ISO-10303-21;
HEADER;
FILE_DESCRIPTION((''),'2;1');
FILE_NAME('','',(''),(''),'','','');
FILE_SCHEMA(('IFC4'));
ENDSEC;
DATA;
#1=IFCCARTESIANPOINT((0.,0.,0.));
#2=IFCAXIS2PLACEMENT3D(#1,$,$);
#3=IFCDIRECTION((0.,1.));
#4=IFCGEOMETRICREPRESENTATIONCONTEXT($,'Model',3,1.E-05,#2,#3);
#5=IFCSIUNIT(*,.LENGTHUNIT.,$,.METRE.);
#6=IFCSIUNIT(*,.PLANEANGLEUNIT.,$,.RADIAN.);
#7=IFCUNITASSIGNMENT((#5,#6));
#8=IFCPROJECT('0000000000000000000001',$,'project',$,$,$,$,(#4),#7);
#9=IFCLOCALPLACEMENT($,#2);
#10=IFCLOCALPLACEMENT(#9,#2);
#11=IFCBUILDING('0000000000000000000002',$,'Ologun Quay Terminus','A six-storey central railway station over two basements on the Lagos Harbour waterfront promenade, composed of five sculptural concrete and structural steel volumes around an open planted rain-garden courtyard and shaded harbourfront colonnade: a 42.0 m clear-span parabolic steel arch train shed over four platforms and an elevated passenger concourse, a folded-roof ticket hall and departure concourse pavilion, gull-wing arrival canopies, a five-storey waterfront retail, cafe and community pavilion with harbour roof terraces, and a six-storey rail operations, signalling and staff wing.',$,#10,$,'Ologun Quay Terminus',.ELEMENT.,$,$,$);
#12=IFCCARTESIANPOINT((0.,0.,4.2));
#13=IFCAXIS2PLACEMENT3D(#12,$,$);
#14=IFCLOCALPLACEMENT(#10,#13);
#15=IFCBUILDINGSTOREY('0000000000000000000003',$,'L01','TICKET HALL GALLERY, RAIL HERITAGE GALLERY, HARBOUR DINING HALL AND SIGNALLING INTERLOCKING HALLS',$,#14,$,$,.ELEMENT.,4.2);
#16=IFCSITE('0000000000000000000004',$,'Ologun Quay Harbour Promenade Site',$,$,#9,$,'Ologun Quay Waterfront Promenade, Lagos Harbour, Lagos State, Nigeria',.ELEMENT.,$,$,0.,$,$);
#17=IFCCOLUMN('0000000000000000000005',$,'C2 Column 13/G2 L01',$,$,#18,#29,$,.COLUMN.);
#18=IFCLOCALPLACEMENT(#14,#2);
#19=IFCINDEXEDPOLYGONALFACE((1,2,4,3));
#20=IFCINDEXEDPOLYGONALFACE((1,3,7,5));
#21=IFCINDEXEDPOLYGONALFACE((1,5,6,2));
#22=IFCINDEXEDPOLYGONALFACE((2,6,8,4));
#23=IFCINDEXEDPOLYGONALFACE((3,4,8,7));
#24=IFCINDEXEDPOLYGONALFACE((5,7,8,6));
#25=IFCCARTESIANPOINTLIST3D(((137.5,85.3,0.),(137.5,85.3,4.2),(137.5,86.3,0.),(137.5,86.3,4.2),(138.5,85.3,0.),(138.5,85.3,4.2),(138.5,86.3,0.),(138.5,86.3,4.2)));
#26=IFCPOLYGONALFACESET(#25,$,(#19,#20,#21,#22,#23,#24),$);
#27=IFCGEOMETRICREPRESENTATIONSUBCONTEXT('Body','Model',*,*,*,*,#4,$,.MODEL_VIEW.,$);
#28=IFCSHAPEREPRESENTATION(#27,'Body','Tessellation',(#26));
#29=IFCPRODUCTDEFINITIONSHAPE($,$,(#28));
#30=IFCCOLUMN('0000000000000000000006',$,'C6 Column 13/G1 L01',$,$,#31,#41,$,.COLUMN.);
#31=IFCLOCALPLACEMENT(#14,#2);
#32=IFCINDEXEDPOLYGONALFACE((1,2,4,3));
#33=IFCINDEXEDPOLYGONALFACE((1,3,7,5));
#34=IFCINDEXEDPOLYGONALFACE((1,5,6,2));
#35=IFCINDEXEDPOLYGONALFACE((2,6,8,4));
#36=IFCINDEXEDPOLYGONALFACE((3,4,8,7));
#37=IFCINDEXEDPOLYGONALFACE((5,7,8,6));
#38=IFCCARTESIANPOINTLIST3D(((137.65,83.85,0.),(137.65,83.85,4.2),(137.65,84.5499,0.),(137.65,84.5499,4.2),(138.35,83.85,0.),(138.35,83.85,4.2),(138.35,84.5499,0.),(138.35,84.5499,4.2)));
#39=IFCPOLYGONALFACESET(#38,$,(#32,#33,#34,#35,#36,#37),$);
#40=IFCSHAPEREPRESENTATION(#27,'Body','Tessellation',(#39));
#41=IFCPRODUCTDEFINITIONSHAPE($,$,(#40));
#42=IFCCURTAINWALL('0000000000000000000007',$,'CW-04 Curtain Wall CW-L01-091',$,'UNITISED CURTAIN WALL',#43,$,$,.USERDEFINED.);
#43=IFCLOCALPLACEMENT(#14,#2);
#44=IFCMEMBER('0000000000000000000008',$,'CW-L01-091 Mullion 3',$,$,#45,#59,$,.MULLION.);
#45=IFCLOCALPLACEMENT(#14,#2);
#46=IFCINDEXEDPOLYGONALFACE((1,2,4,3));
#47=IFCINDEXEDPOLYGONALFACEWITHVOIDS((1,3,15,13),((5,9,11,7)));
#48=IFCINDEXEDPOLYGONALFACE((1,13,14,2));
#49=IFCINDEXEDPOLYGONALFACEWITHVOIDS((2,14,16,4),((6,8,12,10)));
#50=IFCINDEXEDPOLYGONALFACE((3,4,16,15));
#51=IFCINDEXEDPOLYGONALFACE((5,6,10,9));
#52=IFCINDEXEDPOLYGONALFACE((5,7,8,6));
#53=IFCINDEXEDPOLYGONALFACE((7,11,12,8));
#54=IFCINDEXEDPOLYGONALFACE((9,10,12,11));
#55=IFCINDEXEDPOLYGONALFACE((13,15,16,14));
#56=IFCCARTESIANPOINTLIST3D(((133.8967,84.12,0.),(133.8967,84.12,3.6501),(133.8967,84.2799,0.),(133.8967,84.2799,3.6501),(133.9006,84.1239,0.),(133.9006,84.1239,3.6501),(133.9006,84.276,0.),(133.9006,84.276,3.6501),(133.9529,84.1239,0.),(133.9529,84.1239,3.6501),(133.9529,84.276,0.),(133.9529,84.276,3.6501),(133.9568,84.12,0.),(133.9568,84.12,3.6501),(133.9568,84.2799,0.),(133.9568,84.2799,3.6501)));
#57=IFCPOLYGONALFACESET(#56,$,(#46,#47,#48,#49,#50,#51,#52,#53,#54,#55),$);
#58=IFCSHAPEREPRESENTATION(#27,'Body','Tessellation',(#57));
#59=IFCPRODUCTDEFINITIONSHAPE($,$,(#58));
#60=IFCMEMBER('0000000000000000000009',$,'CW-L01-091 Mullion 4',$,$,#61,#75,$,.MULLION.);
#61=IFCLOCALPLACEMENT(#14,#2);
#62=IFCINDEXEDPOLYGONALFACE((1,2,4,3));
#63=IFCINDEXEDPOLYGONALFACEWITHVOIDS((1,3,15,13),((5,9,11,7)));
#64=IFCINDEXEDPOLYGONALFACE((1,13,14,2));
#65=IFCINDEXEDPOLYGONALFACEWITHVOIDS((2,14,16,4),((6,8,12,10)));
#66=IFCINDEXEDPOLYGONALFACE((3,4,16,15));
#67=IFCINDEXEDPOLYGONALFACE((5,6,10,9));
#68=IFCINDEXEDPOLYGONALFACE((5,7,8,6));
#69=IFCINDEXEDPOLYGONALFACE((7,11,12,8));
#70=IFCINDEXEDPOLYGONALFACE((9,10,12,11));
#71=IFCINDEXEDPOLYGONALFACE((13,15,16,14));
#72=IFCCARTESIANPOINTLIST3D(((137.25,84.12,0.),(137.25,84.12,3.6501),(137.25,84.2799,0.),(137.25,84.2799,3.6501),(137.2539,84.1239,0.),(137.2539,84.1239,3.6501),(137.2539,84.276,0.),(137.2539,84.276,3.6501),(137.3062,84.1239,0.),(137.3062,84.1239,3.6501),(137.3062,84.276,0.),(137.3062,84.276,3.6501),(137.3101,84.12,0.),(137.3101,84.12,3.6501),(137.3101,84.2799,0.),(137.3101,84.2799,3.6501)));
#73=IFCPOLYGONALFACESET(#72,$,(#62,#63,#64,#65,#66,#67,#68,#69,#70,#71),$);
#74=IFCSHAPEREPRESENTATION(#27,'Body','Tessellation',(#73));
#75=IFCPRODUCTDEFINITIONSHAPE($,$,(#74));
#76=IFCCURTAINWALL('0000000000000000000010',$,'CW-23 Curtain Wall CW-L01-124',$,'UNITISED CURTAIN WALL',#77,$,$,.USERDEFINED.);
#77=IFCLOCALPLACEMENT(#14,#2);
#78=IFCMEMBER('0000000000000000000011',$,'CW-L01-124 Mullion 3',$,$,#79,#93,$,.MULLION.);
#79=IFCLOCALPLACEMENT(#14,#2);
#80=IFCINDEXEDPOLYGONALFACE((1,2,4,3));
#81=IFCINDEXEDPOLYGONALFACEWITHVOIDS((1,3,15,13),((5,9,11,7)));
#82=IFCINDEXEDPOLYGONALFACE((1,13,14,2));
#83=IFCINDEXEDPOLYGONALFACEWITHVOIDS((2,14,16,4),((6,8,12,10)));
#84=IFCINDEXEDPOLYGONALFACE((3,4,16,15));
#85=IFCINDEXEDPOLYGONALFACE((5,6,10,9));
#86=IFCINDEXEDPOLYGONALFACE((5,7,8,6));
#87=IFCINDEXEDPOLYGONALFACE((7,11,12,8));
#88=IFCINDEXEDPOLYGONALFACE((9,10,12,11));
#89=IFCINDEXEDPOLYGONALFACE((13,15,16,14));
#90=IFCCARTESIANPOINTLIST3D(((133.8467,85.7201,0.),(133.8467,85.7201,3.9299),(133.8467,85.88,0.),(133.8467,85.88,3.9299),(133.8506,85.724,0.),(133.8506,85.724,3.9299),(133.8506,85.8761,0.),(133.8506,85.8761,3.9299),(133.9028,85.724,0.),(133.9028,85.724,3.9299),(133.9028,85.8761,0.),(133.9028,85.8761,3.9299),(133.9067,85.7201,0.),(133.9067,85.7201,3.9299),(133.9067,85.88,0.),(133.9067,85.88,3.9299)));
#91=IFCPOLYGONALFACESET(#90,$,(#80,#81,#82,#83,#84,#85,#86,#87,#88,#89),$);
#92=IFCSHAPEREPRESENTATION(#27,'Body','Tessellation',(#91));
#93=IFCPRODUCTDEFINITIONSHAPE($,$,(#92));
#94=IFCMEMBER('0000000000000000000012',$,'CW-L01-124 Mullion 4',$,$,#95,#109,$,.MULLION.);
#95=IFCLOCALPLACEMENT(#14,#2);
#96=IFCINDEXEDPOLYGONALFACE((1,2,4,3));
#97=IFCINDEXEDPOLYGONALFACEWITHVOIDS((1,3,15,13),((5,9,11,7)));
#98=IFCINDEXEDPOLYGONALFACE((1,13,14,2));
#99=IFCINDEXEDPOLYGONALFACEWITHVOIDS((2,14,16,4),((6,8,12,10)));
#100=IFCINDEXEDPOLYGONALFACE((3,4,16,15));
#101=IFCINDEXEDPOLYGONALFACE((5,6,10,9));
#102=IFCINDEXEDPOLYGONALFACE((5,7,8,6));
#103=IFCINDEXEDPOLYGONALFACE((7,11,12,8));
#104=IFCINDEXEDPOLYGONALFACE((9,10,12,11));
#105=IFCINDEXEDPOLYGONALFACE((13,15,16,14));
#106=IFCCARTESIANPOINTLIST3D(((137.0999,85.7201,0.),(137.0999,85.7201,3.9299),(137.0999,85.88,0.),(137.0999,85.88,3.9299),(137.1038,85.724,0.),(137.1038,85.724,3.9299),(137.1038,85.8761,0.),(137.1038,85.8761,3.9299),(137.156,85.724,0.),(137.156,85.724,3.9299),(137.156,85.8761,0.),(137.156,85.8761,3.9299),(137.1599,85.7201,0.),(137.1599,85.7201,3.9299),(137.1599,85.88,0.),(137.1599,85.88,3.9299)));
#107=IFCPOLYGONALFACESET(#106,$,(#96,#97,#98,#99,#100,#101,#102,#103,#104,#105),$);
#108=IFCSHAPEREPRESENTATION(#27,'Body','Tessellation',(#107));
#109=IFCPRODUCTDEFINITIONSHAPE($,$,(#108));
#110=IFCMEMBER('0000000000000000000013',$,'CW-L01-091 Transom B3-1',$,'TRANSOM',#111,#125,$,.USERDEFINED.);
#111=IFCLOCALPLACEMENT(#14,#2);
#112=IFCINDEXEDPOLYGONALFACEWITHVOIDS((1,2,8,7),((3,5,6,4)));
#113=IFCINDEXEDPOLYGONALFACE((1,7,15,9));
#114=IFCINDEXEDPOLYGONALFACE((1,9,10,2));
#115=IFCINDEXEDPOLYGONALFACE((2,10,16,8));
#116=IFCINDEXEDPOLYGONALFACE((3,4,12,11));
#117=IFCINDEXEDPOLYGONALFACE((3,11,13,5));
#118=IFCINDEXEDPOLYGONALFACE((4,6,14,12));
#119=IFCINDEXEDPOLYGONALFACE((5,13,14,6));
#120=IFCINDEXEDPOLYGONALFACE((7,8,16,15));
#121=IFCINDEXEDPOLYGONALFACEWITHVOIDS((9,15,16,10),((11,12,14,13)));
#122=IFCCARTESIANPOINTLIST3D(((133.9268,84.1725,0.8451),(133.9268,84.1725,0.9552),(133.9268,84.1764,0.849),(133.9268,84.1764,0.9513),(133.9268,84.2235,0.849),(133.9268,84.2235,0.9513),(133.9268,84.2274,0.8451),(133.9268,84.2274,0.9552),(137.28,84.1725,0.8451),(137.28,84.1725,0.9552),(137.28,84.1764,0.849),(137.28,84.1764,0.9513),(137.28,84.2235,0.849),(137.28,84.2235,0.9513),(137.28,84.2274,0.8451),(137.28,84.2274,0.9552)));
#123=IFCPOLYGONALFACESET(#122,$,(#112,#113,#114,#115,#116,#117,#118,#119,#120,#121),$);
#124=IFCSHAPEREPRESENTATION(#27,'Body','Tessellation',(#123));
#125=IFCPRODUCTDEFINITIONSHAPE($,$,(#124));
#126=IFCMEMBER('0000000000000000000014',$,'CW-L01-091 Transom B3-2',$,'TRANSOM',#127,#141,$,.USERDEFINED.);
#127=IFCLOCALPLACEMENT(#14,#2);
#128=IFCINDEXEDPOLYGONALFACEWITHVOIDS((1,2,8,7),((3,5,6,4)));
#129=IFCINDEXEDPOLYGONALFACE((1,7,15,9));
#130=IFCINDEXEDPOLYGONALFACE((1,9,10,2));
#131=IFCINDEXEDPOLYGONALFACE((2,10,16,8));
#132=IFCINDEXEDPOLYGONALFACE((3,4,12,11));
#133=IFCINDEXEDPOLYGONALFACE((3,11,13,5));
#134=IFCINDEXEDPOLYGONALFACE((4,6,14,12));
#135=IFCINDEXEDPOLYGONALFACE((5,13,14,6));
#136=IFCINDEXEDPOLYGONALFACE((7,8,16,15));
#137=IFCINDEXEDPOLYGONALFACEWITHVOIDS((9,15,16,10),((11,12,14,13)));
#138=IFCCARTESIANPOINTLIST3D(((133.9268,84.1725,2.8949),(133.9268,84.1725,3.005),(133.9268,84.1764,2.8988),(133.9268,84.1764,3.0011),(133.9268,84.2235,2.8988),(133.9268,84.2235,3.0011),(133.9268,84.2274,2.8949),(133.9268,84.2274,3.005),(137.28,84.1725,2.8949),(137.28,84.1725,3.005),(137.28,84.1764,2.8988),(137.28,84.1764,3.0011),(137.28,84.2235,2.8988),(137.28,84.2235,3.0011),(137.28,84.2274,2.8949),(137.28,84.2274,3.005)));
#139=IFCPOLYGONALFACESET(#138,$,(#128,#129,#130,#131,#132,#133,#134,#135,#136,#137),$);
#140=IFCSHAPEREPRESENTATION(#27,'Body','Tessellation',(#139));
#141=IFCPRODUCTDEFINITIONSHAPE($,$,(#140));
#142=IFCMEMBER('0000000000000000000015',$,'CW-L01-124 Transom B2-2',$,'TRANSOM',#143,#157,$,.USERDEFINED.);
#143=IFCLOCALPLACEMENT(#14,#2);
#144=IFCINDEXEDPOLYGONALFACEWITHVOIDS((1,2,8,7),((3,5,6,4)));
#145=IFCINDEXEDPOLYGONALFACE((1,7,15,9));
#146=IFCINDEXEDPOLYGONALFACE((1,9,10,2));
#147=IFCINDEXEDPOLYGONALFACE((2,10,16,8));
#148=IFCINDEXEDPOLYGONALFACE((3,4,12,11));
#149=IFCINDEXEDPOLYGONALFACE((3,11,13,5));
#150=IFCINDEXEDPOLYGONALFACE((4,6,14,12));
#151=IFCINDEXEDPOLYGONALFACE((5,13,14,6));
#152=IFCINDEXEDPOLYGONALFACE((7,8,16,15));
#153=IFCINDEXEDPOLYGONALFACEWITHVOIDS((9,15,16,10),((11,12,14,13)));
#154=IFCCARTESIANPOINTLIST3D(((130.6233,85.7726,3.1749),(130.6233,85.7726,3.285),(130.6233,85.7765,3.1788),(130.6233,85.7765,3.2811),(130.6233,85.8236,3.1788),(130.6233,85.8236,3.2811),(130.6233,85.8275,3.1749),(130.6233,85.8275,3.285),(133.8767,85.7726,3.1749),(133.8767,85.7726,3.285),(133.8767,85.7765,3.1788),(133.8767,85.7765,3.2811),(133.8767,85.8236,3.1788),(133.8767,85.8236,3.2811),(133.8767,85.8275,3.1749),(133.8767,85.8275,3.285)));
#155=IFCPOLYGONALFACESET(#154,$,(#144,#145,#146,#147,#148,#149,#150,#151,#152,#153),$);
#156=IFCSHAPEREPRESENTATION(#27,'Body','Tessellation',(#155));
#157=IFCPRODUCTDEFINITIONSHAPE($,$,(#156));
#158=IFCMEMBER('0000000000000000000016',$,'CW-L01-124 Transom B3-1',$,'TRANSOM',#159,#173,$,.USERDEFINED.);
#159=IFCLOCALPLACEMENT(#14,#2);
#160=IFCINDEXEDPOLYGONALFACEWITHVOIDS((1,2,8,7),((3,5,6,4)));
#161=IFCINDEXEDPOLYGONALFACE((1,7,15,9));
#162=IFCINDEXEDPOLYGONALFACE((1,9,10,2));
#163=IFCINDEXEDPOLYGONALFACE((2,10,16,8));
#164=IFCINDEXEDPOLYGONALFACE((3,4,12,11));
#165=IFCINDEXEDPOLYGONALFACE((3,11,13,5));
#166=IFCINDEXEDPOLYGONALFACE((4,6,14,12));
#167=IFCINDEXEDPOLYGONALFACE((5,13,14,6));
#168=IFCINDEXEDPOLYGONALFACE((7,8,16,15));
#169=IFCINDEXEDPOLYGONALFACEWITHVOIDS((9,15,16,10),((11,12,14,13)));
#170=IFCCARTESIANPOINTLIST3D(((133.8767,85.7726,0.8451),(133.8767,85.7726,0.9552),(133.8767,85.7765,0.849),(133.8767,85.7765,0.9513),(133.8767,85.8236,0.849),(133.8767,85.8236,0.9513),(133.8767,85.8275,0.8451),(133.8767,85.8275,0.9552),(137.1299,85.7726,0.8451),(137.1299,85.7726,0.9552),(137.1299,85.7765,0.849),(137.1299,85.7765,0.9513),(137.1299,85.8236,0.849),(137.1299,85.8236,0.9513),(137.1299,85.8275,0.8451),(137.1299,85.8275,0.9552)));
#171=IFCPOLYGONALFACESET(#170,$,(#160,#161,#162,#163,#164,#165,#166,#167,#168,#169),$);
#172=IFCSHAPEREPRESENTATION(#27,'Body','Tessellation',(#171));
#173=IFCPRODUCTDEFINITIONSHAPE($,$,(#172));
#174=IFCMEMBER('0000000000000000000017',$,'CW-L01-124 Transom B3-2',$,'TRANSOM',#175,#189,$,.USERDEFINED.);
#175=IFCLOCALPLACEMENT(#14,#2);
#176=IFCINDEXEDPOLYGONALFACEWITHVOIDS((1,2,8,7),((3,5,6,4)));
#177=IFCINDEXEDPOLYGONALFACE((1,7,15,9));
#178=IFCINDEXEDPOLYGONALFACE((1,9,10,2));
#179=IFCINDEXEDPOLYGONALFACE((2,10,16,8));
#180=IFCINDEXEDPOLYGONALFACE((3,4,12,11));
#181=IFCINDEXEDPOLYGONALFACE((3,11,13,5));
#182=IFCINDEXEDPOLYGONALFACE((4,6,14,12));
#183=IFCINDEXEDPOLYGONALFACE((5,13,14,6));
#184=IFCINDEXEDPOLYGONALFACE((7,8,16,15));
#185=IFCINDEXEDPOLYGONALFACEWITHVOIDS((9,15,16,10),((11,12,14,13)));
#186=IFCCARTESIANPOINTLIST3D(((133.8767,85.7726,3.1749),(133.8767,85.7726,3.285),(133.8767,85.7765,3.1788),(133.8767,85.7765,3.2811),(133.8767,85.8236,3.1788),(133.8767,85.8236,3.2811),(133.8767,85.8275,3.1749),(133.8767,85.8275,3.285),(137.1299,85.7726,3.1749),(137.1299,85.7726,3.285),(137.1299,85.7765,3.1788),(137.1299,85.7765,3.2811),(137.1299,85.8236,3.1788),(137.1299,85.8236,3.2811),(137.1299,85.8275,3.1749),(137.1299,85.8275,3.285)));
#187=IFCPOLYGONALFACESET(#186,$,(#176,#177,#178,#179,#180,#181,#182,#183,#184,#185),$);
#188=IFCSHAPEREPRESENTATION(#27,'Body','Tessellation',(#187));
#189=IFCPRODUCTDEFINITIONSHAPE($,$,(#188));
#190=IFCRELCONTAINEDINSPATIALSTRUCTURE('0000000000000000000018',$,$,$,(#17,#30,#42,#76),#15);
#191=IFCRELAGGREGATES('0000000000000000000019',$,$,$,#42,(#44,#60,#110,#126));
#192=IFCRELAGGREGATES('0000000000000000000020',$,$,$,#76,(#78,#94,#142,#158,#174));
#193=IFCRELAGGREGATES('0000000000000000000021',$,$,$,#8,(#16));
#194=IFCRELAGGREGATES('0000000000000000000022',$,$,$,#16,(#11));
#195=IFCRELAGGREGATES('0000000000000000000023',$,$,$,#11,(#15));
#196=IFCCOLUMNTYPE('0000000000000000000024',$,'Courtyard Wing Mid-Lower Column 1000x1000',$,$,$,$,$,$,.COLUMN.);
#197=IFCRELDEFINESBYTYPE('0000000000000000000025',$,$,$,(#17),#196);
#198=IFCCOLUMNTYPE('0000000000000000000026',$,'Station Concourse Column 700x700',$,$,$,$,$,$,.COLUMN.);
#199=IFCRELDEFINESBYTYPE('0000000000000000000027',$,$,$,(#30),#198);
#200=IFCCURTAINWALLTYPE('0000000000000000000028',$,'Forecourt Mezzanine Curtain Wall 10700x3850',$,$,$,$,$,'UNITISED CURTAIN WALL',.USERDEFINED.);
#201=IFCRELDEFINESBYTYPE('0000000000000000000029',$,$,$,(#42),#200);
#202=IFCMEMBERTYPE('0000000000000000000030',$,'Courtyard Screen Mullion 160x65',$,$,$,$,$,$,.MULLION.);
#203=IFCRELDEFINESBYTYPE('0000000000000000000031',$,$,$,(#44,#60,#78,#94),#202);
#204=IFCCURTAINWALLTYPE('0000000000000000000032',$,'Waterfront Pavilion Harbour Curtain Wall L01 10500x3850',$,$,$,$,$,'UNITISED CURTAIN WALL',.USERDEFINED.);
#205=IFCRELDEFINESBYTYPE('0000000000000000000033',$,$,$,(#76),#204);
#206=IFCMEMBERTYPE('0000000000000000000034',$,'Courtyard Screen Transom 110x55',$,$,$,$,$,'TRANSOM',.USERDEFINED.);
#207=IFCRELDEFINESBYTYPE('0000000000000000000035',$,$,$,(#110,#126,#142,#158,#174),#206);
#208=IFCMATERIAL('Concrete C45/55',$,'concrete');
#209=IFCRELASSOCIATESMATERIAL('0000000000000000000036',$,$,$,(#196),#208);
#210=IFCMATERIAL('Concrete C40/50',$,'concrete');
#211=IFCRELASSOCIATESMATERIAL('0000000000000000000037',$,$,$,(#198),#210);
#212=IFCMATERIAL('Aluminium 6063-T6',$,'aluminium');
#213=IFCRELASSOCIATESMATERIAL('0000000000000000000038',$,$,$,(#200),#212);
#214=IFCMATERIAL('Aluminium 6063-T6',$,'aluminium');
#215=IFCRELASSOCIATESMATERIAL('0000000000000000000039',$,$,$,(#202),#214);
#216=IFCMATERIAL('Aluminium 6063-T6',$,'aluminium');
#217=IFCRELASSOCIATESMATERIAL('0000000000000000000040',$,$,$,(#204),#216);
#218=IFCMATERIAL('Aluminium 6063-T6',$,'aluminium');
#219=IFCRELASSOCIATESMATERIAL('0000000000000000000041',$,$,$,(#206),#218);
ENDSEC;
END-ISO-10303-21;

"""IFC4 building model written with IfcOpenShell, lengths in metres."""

from ifc_helpers import new_model, si_unit, direction, frame, origin, origin_2d, place, context, subcontext, project, spatial, rectangle, hollow_rectangle, extrude, material, material_profile, profile_set, type_object, element, aggregate, save


model = new_model("IFC4")

# Units and contexts
model_context = context("Model", 3, precision=1e-05, world=origin(), true_north=direction((0.0, 1.0)))
body_context = subcontext(model_context, "Body", "Model", "MODEL_VIEW")
ifc_project = project(units=[si_unit("LENGTHUNIT", "METRE"), si_unit("PLANEANGLEUNIT", "RADIAN")], contexts=[model_context])

# Site, building, storey
site_placement = place(None, origin())
site = spatial("IfcSite", under=ifc_project, at=site_placement, Name="Ologun Quay Harbour Promenade Site", LongName="Ologun Quay Waterfront Promenade, Lagos Harbour, Lagos State, Nigeria", CompositionType="ELEMENT", RefElevation=0.0)
building_placement = place(site_placement, origin())
building = spatial("IfcBuilding", under=site, at=building_placement, Name="Ologun Quay Terminus", Description="A six-storey central railway station over two basements on the Lagos Harbour waterfront promenade, composed of five sculptural concrete and structural steel volumes around an open planted rain-garden courtyard and shaded harbourfront colonnade: a 42.0 m clear-span parabolic steel arch train shed over four platforms and an elevated passenger concourse, a folded-roof ticket hall and departure concourse pavilion, gull-wing arrival canopies, a five-storey waterfront retail, cafe and community pavilion with harbour roof terraces, and a six-storey rail operations, signalling and staff wing.", LongName="Ologun Quay Terminus", CompositionType="ELEMENT")
storey_placement = place(building_placement, frame((0.0, 0.0, 4.2)))
storey = spatial("IfcBuildingStorey", under=building, at=storey_placement, Name="L01", Description="TICKET HALL GALLERY, RAIL HERITAGE GALLERY, HARBOUR DINING HALL AND SIGNALLING INTERLOCKING HALLS", CompositionType="ELEMENT", Elevation=4.2)

# Columns
ifc_material_1 = material(Name="Concrete C45/55", Category="concrete")
ifc_material_profile_1 = material_profile(ifc_material_1, rectangle(XDim=1.0, YDim=1.0, at=origin_2d()), Name="RC 1000x1000")
ifc_profile_set_1 = profile_set([ifc_material_profile_1], Name="Concrete C45/55")
column_type_1 = type_object("IfcColumnType", Name="Courtyard Wing Mid-Lower Column 1000x1000", PredefinedType="COLUMN", material=ifc_profile_set_1)
column_1_placement = place(storey_placement, frame((138.0, 85.8, 0.0), z_axis=(0.0, 0.0, 1.0), x_axis=(1.0, 0.0, 0.0)))
element("IfcColumn", 1, at=column_1_placement, inside=storey, type_object=column_type_1, Name="C2 Column 13/G2 L01", PredefinedType="COLUMN", context=body_context, shape_type="SweptSolid", body=[
    extrude(rectangle(XDim=1.0, YDim=1.0, at=origin_2d()), origin(), (0.0, 0.0, 1.0), 4.2),
])
ifc_material_2 = material(Name="Concrete C40/50", Category="concrete")
ifc_material_profile_2 = material_profile(ifc_material_2, rectangle(XDim=0.7, YDim=0.7, at=origin_2d()), Name="RC 700x700")
ifc_profile_set_2 = profile_set([ifc_material_profile_2], Name="Concrete C40/50")
column_type_2 = type_object("IfcColumnType", Name="Station Concourse Column 700x700", PredefinedType="COLUMN", material=ifc_profile_set_2)
column_2_placement = place(storey_placement, frame((138.0, 84.2, 0.0), z_axis=(0.0, 0.0, 1.0), x_axis=(1.0, 0.0, 0.0)))
element("IfcColumn", 2, at=column_2_placement, inside=storey, type_object=column_type_2, Name="C6 Column 13/G1 L01", PredefinedType="COLUMN", context=body_context, shape_type="SweptSolid", body=[
    extrude(rectangle(XDim=0.7, YDim=0.7, at=origin_2d()), origin(), (0.0, 0.0, 1.0), 4.2),
])

# Curtain walls, members
ifc_material_3 = material(Name="Aluminium 6063-T6", Category="aluminium")
curtain_wall_type_1 = type_object("IfcCurtainWallType", Name="Forecourt Mezzanine Curtain Wall 10700x3850", ElementType="UNITISED CURTAIN WALL", PredefinedType="USERDEFINED", material=ifc_material_3)
curtain_wall_1_placement = place(storey_placement, origin())
curtain_wall_1 = element("IfcCurtainWall", 3, at=curtain_wall_1_placement, inside=storey, type_object=curtain_wall_type_1, Name="CW-04 Curtain Wall CW-L01-091", ObjectType="UNITISED CURTAIN WALL", PredefinedType="USERDEFINED")
ifc_material_4 = material(Name="Aluminium 6063-T6", Category="aluminium")
ifc_material_profile_3 = material_profile(ifc_material_4, hollow_rectangle(XDim=0.0601, YDim=0.1599, WallThickness=0.0039, at=origin_2d()), Name="ALU 160x60x4")
ifc_profile_set_3 = profile_set([ifc_material_profile_3], Name="Aluminium 6063-T6")
member_type_1 = type_object("IfcMemberType", Name="Courtyard Screen Mullion 160x65", PredefinedType="MULLION", material=ifc_profile_set_3)
member_1_placement = place(storey_placement, frame((133.9268, 84.2, 0.0), z_axis=(0.0, 0.0, 1.0), x_axis=(1.0, 0.0, 0.0)))
member_1 = element("IfcMember", 4, at=member_1_placement, type_object=member_type_1, Name="CW-L01-091 Mullion 3", PredefinedType="MULLION", context=body_context, shape_type="SweptSolid", body=[
    extrude(hollow_rectangle(XDim=0.0601, YDim=0.1599, WallThickness=0.0039, at=origin_2d()), origin(), (0.0, 0.0, 1.0), 3.6501),
])
member_2_placement = place(storey_placement, frame((137.28, 84.2, 0.0), z_axis=(0.0, 0.0, 1.0), x_axis=(1.0, 0.0, 0.0)))
member_2 = element("IfcMember", 5, at=member_2_placement, type_object=member_type_1, Name="CW-L01-091 Mullion 4", PredefinedType="MULLION", context=body_context, shape_type="SweptSolid", body=[
    extrude(hollow_rectangle(XDim=0.0601, YDim=0.1599, WallThickness=0.0039, at=origin_2d()), origin(), (0.0, 0.0, 1.0), 3.6501),
])
ifc_material_5 = material(Name="Aluminium 6063-T6", Category="aluminium")
curtain_wall_type_2 = type_object("IfcCurtainWallType", Name="Waterfront Pavilion Harbour Curtain Wall L01 10500x3850", ElementType="UNITISED CURTAIN WALL", PredefinedType="USERDEFINED", material=ifc_material_5)
curtain_wall_2_placement = place(storey_placement, origin())
curtain_wall_2 = element("IfcCurtainWall", 6, at=curtain_wall_2_placement, inside=storey, type_object=curtain_wall_type_2, Name="CW-23 Curtain Wall CW-L01-124", ObjectType="UNITISED CURTAIN WALL", PredefinedType="USERDEFINED")
member_3_placement = place(storey_placement, frame((133.8767, 85.8, 0.0), z_axis=(0.0, 0.0, 1.0), x_axis=(1.0, 0.0, 0.0)))
member_3 = element("IfcMember", 7, at=member_3_placement, type_object=member_type_1, Name="CW-L01-124 Mullion 3", PredefinedType="MULLION", context=body_context, shape_type="SweptSolid", body=[
    extrude(hollow_rectangle(XDim=0.0601, YDim=0.1599, WallThickness=0.0039, at=origin_2d()), origin(), (0.0, 0.0, 1.0), 3.9299),
])
member_4_placement = place(storey_placement, frame((137.1299, 85.8, 0.0), z_axis=(0.0, 0.0, 1.0), x_axis=(1.0, 0.0, 0.0)))
member_4 = element("IfcMember", 8, at=member_4_placement, type_object=member_type_1, Name="CW-L01-124 Mullion 4", PredefinedType="MULLION", context=body_context, shape_type="SweptSolid", body=[
    extrude(hollow_rectangle(XDim=0.0601, YDim=0.1599, WallThickness=0.0039, at=origin_2d()), origin(), (0.0, 0.0, 1.0), 3.9299),
])

# Members
ifc_material_6 = material(Name="Aluminium 6063-T6", Category="aluminium")
ifc_material_profile_4 = material_profile(ifc_material_6, hollow_rectangle(XDim=0.0549, YDim=0.1101, WallThickness=0.0039, at=origin_2d()), Name="ALU 110x55x4")
ifc_profile_set_4 = profile_set([ifc_material_profile_4], Name="Aluminium 6063-T6")
member_type_2 = type_object("IfcMemberType", Name="Courtyard Screen Transom 110x55", ElementType="TRANSOM", PredefinedType="USERDEFINED", material=ifc_profile_set_4)
member_5_placement = place(storey_placement, frame((133.9268, 84.2, 0.9001), z_axis=(1.0, 0.0, 0.0), x_axis=(0.0, 1.0, 0.0)))
member_5 = element("IfcMember", 9, at=member_5_placement, type_object=member_type_2, Name="CW-L01-091 Transom B3-1", ObjectType="TRANSOM", PredefinedType="USERDEFINED", context=body_context, shape_type="SweptSolid", body=[
    extrude(hollow_rectangle(XDim=0.0549, YDim=0.1101, WallThickness=0.0039, at=origin_2d()), origin(), (0.0, 0.0, 1.0), 3.3533),
])
member_6_placement = place(storey_placement, frame((133.9268, 84.2, 2.95), z_axis=(1.0, 0.0, 0.0), x_axis=(0.0, 1.0, 0.0)))
member_6 = element("IfcMember", 10, at=member_6_placement, type_object=member_type_2, Name="CW-L01-091 Transom B3-2", ObjectType="TRANSOM", PredefinedType="USERDEFINED", context=body_context, shape_type="SweptSolid", body=[
    extrude(hollow_rectangle(XDim=0.0549, YDim=0.1101, WallThickness=0.0039, at=origin_2d()), origin(), (0.0, 0.0, 1.0), 3.3533),
])
member_7_placement = place(storey_placement, frame((130.6233, 85.8, 3.23), z_axis=(1.0, 0.0, 0.0), x_axis=(0.0, 1.0, 0.0)))
member_7 = element("IfcMember", 11, at=member_7_placement, type_object=member_type_2, Name="CW-L01-124 Transom B2-2", ObjectType="TRANSOM", PredefinedType="USERDEFINED", context=body_context, shape_type="SweptSolid", body=[
    extrude(hollow_rectangle(XDim=0.0549, YDim=0.1101, WallThickness=0.0039, at=origin_2d()), origin(), (0.0, 0.0, 1.0), 3.2534),
])
member_8_placement = place(storey_placement, frame((133.8767, 85.8, 0.9001), z_axis=(1.0, 0.0, 0.0), x_axis=(0.0, 1.0, 0.0)))
member_8 = element("IfcMember", 12, at=member_8_placement, type_object=member_type_2, Name="CW-L01-124 Transom B3-1", ObjectType="TRANSOM", PredefinedType="USERDEFINED", context=body_context, shape_type="SweptSolid", body=[
    extrude(hollow_rectangle(XDim=0.0549, YDim=0.1101, WallThickness=0.0039, at=origin_2d()), origin(), (0.0, 0.0, 1.0), 3.2532),
])
member_9_placement = place(storey_placement, frame((133.8767, 85.8, 3.23), z_axis=(1.0, 0.0, 0.0), x_axis=(0.0, 1.0, 0.0)))
member_9 = element("IfcMember", 13, at=member_9_placement, type_object=member_type_2, Name="CW-L01-124 Transom B3-2", ObjectType="TRANSOM", PredefinedType="USERDEFINED", context=body_context, shape_type="SweptSolid", body=[
    extrude(hollow_rectangle(XDim=0.0549, YDim=0.1101, WallThickness=0.0039, at=origin_2d()), origin(), (0.0, 0.0, 1.0), 3.2532),
])

aggregate(curtain_wall_1, [member_1, member_2, member_5, member_6])
aggregate(curtain_wall_2, [member_3, member_4, member_7, member_8, member_9])

save(model, "model.ifc")
